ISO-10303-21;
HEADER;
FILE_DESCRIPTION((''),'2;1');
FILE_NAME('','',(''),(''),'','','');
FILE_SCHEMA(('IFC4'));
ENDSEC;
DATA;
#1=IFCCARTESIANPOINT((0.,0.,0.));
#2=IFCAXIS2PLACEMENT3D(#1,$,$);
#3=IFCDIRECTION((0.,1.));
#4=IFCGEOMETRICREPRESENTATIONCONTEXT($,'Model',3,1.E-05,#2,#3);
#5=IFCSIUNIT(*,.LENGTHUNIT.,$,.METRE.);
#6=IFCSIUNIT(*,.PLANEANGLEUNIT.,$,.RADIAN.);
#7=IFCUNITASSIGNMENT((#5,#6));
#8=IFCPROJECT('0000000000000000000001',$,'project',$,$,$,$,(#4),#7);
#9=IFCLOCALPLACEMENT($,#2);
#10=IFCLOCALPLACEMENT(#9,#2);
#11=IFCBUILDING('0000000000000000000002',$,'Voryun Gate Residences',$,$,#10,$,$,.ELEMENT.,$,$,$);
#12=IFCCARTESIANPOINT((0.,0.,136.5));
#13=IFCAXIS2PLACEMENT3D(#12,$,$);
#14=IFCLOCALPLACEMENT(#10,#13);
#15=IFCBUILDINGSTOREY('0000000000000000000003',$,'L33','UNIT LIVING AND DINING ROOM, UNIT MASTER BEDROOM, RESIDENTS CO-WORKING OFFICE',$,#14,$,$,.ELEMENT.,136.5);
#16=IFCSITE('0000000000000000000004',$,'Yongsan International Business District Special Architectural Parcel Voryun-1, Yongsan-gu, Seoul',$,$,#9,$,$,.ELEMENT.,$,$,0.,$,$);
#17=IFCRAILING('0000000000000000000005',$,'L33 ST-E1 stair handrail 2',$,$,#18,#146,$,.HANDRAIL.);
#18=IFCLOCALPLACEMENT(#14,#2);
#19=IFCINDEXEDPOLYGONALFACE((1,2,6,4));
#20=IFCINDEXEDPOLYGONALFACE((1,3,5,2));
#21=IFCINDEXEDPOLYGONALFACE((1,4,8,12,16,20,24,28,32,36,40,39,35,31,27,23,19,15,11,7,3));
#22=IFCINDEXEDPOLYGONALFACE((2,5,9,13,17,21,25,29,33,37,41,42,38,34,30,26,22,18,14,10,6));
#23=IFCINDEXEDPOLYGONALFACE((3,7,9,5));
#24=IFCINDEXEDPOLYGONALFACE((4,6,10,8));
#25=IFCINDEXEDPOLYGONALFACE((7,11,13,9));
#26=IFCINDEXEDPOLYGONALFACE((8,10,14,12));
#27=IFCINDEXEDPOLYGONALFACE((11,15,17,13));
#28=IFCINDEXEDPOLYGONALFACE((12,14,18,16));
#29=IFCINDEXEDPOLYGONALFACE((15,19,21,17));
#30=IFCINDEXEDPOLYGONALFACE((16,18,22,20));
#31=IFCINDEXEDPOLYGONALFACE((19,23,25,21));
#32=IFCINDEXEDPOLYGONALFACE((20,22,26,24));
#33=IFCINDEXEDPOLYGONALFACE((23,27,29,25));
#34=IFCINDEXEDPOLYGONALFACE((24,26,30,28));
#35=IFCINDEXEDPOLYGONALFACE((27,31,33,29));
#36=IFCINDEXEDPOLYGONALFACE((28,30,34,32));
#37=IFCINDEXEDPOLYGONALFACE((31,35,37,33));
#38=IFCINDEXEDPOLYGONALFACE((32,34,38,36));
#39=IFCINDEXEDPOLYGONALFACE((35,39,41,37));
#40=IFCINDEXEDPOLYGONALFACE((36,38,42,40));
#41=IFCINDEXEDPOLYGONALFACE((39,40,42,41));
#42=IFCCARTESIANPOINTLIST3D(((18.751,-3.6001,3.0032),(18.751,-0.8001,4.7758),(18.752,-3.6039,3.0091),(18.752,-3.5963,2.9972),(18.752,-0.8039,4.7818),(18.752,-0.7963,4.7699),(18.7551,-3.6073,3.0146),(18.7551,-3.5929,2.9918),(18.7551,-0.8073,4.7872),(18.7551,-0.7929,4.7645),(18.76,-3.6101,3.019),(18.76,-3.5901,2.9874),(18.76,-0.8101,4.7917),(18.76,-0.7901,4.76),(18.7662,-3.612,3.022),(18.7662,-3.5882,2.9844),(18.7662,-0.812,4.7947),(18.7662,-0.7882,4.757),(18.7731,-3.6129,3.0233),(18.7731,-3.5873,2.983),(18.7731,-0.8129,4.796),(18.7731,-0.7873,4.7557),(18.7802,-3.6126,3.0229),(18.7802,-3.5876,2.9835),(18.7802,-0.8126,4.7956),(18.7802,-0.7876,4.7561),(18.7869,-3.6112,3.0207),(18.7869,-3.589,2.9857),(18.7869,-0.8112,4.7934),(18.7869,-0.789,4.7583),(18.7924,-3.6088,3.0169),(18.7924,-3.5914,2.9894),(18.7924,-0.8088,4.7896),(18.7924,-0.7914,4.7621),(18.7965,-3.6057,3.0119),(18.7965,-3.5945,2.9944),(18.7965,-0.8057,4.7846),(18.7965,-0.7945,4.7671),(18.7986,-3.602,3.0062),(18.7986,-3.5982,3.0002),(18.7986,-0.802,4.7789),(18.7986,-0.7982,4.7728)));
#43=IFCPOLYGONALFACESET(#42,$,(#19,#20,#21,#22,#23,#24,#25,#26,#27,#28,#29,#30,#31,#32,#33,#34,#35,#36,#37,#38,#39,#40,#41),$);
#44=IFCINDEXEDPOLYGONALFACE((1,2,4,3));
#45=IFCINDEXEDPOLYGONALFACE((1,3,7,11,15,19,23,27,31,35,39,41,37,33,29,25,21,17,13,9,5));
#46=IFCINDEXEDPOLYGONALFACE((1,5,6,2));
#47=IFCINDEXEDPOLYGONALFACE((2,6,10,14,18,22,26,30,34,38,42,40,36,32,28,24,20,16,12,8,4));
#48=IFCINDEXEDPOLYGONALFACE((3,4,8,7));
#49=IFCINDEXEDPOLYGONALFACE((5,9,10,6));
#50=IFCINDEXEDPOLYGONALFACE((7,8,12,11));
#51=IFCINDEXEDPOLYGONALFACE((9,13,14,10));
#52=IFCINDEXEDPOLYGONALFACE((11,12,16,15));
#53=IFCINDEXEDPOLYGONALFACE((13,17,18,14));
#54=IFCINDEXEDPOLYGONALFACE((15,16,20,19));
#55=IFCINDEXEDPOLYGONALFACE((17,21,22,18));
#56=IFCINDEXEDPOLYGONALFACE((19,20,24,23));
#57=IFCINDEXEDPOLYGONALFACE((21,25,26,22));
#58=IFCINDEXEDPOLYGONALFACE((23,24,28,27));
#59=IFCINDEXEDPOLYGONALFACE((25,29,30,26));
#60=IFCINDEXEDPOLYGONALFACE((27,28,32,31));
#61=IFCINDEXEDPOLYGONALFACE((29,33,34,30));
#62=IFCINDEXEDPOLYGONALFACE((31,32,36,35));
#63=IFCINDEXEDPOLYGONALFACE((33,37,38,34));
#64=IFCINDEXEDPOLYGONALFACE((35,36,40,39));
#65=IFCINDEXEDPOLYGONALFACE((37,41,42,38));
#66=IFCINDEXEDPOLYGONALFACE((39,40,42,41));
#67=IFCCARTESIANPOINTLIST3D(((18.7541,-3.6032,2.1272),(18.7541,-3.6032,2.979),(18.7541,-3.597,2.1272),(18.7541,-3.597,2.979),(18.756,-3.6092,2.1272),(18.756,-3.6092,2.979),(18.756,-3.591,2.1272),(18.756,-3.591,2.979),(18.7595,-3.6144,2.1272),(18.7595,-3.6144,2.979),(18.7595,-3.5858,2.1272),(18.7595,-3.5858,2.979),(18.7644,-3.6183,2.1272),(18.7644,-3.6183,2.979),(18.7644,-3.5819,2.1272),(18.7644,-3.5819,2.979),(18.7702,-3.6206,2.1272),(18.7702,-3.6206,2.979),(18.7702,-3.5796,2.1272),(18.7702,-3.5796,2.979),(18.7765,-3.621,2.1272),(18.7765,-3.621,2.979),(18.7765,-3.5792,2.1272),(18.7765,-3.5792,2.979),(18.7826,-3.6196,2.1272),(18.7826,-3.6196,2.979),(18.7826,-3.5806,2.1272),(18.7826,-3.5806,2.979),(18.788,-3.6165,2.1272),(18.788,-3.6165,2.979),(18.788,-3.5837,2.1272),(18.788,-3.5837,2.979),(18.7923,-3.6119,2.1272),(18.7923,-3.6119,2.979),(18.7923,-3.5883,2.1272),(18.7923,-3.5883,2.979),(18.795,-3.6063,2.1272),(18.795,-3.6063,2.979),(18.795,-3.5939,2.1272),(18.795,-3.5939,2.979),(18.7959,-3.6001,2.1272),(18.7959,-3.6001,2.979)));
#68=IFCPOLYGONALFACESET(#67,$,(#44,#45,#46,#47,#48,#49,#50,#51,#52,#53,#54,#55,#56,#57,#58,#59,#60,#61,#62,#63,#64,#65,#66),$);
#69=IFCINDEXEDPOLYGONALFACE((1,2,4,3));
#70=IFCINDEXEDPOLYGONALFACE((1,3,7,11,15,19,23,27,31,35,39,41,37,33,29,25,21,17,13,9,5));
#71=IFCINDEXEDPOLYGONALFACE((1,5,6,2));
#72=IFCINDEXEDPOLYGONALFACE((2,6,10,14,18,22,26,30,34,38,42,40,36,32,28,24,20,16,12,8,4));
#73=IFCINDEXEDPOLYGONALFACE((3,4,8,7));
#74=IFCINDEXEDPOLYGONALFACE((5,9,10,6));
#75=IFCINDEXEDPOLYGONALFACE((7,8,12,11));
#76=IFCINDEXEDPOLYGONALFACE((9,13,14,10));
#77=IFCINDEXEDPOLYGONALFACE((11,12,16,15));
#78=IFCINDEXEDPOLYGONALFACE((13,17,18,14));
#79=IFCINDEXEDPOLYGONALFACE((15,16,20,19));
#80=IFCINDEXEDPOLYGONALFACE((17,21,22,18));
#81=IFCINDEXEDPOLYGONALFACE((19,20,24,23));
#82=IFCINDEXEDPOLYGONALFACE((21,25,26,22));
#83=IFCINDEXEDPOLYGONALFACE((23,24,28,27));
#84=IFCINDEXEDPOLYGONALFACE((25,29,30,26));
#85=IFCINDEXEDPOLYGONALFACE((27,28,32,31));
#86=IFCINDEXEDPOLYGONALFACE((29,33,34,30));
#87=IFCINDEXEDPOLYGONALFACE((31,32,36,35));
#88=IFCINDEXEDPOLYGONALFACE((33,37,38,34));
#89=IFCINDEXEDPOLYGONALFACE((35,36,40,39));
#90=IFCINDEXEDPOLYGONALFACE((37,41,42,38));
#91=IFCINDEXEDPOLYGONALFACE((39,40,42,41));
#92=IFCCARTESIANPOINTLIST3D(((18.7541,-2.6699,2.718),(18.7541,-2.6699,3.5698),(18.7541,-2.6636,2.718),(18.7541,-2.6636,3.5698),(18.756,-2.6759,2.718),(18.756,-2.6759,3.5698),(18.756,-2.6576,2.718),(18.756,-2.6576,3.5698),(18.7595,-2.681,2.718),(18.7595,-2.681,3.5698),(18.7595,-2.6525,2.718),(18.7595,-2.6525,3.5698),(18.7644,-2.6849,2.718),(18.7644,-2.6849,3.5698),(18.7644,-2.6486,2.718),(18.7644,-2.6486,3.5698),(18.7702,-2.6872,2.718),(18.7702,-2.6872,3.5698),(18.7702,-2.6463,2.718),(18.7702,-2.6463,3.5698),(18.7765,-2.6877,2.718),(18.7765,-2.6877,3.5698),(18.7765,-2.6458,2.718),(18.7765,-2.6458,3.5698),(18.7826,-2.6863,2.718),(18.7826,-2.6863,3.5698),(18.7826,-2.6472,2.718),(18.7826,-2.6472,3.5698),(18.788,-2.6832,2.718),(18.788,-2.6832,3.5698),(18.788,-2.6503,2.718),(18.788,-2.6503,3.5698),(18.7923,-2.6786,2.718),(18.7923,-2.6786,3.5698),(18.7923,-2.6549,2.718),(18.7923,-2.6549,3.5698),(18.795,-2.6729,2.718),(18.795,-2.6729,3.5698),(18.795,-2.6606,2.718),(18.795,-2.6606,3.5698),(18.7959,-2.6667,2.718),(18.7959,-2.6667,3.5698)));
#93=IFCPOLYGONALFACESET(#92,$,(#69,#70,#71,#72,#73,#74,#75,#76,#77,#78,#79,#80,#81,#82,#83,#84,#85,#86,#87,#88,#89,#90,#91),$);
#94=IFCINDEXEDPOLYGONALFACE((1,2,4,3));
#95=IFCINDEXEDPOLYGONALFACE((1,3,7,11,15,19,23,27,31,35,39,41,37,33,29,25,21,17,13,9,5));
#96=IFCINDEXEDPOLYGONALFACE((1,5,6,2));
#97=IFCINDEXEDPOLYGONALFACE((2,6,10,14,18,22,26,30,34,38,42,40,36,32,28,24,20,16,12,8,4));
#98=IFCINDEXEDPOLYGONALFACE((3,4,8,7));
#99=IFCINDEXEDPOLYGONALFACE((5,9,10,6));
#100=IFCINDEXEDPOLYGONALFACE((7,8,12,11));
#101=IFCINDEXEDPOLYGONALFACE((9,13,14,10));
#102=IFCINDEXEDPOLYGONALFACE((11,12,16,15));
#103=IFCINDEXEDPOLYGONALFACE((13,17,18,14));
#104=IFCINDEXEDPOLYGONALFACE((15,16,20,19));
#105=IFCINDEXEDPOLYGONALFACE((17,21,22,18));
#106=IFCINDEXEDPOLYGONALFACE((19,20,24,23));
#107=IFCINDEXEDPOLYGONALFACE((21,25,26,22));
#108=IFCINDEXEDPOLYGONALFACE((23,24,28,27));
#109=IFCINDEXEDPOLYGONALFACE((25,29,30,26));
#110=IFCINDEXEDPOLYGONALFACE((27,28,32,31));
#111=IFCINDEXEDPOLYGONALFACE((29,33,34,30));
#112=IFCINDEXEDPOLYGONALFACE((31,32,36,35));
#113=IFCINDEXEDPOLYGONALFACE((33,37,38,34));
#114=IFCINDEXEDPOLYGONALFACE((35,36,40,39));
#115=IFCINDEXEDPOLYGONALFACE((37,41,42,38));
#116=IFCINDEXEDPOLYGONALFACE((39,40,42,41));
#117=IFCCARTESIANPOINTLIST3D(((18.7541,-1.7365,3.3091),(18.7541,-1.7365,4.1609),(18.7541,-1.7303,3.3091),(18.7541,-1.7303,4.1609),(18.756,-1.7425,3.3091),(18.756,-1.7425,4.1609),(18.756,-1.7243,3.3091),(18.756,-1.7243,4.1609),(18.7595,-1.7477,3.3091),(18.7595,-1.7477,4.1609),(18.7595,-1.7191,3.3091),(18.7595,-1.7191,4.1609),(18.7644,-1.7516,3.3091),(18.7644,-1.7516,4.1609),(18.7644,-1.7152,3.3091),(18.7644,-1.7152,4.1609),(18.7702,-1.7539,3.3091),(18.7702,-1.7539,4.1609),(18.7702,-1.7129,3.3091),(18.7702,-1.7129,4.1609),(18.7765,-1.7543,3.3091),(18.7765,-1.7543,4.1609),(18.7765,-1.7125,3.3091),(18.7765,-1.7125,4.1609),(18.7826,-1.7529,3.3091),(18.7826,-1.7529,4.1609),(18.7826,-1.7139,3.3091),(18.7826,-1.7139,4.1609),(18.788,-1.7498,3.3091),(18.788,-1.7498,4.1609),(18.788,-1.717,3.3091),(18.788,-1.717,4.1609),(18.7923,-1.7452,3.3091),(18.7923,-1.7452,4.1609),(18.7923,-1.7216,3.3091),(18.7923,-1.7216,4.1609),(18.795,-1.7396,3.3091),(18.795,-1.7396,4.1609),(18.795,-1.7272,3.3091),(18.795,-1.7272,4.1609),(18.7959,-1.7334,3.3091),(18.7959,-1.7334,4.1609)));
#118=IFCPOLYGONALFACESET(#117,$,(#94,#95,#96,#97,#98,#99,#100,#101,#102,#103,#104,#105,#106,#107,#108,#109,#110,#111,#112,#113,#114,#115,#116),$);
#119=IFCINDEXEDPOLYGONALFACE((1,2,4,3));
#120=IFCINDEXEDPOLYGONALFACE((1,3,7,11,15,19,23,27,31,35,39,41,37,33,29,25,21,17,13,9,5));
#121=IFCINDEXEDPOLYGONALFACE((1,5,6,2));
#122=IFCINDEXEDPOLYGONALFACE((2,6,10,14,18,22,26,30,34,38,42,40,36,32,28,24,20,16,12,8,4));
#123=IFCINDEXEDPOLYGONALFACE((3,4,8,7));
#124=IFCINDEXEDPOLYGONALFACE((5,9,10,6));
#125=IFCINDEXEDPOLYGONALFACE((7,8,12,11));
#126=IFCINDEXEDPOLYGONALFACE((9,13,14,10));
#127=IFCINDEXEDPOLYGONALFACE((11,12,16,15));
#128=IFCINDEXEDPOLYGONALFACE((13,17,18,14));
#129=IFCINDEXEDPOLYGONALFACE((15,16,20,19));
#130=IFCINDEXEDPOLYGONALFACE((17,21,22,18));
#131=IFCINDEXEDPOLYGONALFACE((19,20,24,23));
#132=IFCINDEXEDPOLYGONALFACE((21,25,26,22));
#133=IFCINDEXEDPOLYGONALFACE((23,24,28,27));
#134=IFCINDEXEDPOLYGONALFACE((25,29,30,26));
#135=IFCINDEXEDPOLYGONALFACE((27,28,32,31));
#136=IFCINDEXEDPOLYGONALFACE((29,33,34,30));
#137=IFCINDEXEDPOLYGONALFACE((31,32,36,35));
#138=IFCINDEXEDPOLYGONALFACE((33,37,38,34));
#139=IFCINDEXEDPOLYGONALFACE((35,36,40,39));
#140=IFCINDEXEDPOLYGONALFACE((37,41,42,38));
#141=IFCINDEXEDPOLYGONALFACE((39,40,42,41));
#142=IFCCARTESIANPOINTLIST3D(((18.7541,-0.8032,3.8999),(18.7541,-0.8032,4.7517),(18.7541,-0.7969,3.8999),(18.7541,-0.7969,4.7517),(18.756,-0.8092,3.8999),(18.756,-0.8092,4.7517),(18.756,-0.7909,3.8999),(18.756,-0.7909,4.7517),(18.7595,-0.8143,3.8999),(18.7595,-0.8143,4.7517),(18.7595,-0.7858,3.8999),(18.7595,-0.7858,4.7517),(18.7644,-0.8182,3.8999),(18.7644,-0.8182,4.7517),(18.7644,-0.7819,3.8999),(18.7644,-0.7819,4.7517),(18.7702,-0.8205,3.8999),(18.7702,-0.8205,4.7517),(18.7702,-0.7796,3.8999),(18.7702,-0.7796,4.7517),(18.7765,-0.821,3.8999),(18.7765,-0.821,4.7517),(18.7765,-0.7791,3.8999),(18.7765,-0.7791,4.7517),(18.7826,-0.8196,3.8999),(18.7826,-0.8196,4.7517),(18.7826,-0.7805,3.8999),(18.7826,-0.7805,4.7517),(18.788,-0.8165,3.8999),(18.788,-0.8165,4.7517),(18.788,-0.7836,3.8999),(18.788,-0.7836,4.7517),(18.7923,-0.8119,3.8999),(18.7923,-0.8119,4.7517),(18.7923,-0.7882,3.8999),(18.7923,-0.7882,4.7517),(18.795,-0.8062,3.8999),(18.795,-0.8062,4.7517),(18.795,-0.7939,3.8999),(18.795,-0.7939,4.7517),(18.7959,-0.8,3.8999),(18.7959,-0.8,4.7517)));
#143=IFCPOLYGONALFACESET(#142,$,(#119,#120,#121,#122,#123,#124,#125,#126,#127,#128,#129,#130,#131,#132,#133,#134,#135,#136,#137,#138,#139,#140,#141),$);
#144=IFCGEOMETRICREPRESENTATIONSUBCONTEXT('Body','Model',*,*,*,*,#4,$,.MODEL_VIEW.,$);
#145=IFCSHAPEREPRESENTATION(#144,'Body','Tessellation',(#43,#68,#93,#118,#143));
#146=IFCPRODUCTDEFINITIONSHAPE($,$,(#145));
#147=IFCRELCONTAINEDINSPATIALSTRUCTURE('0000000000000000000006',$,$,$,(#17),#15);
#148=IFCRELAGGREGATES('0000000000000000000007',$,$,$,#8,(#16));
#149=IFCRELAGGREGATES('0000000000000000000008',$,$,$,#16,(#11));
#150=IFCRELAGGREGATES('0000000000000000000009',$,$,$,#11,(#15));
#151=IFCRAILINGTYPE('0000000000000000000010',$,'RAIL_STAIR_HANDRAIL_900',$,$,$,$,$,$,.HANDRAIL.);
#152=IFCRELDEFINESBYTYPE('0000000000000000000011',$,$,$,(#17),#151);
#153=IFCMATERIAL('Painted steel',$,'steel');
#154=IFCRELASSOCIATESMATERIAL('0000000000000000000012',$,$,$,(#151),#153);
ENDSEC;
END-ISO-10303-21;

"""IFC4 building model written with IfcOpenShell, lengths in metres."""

from ifc_helpers import new_model, si_unit, direction, frame, origin, origin_2d, place, context, subcontext, project, spatial, circle, extrude, material, type_object, element, save


model = new_model("IFC4")

# Units and contexts
model_context = context("Model", 3, precision=1e-05, world=origin(), true_north=direction((0.0, 1.0)))
body_context = subcontext(model_context, "Body", "Model", "MODEL_VIEW")
ifc_project = project(units=[si_unit("LENGTHUNIT", "METRE"), si_unit("PLANEANGLEUNIT", "RADIAN")], contexts=[model_context])

# Site, building, storey
site_placement = place(None, origin())
site = spatial("IfcSite", under=ifc_project, at=site_placement, Name="Yongsan International Business District Special Architectural Parcel Voryun-1, Yongsan-gu, Seoul", CompositionType="ELEMENT", RefElevation=0.0)
building_placement = place(site_placement, origin())
building = spatial("IfcBuilding", under=site, at=building_placement, Name="Voryun Gate Residences", CompositionType="ELEMENT")
storey_placement = place(building_placement, frame((0.0, 0.0, 136.5)))
storey = spatial("IfcBuildingStorey", under=building, at=storey_placement, Name="L33", Description="UNIT LIVING AND DINING ROOM, UNIT MASTER BEDROOM, RESIDENTS CO-WORKING OFFICE", CompositionType="ELEMENT", Elevation=136.5)

# Railing
ifc_material_1 = material(Name="Painted steel", Category="steel")
railing_type_1 = type_object("IfcRailingType", Name="RAIL_STAIR_HANDRAIL_900", PredefinedType="HANDRAIL", material=ifc_material_1)
railing_1_placement = place(storey_placement, frame((18.7749, -3.6001, 2.1272)))
element("IfcRailing", 1, at=railing_1_placement, inside=storey, type_object=railing_type_1, Name="L33 ST-E1 stair handrail 2", PredefinedType="HANDRAIL", context=body_context, shape_type="SweptSolid", body=[
    extrude(circle(Radius=0.0239, at=origin_2d()), frame((0.0, 0.0, 0.876), z_axis=(0.0, 0.844909, 0.53491), x_axis=(-1.0, 0.0, 0.0)), (0.0, 0.0, 1.0), 3.314),
    extrude(circle(Radius=0.021, at=origin_2d()), origin(), (0.0, 0.0, 1.0), 0.8518),
    extrude(circle(Radius=0.021, at=origin_2d()), frame((0.0, 0.9333, 0.5908)), (0.0, 0.0, 1.0), 0.8518),
    extrude(circle(Radius=0.021, at=origin_2d()), frame((0.0, 1.8667, 1.1819)), (0.0, 0.0, 1.0), 0.8518),
    extrude(circle(Radius=0.021, at=origin_2d()), frame((0.0, 2.8, 1.7727)), (0.0, 0.0, 1.0), 0.8518),
])

save(model, "model.ifc")
